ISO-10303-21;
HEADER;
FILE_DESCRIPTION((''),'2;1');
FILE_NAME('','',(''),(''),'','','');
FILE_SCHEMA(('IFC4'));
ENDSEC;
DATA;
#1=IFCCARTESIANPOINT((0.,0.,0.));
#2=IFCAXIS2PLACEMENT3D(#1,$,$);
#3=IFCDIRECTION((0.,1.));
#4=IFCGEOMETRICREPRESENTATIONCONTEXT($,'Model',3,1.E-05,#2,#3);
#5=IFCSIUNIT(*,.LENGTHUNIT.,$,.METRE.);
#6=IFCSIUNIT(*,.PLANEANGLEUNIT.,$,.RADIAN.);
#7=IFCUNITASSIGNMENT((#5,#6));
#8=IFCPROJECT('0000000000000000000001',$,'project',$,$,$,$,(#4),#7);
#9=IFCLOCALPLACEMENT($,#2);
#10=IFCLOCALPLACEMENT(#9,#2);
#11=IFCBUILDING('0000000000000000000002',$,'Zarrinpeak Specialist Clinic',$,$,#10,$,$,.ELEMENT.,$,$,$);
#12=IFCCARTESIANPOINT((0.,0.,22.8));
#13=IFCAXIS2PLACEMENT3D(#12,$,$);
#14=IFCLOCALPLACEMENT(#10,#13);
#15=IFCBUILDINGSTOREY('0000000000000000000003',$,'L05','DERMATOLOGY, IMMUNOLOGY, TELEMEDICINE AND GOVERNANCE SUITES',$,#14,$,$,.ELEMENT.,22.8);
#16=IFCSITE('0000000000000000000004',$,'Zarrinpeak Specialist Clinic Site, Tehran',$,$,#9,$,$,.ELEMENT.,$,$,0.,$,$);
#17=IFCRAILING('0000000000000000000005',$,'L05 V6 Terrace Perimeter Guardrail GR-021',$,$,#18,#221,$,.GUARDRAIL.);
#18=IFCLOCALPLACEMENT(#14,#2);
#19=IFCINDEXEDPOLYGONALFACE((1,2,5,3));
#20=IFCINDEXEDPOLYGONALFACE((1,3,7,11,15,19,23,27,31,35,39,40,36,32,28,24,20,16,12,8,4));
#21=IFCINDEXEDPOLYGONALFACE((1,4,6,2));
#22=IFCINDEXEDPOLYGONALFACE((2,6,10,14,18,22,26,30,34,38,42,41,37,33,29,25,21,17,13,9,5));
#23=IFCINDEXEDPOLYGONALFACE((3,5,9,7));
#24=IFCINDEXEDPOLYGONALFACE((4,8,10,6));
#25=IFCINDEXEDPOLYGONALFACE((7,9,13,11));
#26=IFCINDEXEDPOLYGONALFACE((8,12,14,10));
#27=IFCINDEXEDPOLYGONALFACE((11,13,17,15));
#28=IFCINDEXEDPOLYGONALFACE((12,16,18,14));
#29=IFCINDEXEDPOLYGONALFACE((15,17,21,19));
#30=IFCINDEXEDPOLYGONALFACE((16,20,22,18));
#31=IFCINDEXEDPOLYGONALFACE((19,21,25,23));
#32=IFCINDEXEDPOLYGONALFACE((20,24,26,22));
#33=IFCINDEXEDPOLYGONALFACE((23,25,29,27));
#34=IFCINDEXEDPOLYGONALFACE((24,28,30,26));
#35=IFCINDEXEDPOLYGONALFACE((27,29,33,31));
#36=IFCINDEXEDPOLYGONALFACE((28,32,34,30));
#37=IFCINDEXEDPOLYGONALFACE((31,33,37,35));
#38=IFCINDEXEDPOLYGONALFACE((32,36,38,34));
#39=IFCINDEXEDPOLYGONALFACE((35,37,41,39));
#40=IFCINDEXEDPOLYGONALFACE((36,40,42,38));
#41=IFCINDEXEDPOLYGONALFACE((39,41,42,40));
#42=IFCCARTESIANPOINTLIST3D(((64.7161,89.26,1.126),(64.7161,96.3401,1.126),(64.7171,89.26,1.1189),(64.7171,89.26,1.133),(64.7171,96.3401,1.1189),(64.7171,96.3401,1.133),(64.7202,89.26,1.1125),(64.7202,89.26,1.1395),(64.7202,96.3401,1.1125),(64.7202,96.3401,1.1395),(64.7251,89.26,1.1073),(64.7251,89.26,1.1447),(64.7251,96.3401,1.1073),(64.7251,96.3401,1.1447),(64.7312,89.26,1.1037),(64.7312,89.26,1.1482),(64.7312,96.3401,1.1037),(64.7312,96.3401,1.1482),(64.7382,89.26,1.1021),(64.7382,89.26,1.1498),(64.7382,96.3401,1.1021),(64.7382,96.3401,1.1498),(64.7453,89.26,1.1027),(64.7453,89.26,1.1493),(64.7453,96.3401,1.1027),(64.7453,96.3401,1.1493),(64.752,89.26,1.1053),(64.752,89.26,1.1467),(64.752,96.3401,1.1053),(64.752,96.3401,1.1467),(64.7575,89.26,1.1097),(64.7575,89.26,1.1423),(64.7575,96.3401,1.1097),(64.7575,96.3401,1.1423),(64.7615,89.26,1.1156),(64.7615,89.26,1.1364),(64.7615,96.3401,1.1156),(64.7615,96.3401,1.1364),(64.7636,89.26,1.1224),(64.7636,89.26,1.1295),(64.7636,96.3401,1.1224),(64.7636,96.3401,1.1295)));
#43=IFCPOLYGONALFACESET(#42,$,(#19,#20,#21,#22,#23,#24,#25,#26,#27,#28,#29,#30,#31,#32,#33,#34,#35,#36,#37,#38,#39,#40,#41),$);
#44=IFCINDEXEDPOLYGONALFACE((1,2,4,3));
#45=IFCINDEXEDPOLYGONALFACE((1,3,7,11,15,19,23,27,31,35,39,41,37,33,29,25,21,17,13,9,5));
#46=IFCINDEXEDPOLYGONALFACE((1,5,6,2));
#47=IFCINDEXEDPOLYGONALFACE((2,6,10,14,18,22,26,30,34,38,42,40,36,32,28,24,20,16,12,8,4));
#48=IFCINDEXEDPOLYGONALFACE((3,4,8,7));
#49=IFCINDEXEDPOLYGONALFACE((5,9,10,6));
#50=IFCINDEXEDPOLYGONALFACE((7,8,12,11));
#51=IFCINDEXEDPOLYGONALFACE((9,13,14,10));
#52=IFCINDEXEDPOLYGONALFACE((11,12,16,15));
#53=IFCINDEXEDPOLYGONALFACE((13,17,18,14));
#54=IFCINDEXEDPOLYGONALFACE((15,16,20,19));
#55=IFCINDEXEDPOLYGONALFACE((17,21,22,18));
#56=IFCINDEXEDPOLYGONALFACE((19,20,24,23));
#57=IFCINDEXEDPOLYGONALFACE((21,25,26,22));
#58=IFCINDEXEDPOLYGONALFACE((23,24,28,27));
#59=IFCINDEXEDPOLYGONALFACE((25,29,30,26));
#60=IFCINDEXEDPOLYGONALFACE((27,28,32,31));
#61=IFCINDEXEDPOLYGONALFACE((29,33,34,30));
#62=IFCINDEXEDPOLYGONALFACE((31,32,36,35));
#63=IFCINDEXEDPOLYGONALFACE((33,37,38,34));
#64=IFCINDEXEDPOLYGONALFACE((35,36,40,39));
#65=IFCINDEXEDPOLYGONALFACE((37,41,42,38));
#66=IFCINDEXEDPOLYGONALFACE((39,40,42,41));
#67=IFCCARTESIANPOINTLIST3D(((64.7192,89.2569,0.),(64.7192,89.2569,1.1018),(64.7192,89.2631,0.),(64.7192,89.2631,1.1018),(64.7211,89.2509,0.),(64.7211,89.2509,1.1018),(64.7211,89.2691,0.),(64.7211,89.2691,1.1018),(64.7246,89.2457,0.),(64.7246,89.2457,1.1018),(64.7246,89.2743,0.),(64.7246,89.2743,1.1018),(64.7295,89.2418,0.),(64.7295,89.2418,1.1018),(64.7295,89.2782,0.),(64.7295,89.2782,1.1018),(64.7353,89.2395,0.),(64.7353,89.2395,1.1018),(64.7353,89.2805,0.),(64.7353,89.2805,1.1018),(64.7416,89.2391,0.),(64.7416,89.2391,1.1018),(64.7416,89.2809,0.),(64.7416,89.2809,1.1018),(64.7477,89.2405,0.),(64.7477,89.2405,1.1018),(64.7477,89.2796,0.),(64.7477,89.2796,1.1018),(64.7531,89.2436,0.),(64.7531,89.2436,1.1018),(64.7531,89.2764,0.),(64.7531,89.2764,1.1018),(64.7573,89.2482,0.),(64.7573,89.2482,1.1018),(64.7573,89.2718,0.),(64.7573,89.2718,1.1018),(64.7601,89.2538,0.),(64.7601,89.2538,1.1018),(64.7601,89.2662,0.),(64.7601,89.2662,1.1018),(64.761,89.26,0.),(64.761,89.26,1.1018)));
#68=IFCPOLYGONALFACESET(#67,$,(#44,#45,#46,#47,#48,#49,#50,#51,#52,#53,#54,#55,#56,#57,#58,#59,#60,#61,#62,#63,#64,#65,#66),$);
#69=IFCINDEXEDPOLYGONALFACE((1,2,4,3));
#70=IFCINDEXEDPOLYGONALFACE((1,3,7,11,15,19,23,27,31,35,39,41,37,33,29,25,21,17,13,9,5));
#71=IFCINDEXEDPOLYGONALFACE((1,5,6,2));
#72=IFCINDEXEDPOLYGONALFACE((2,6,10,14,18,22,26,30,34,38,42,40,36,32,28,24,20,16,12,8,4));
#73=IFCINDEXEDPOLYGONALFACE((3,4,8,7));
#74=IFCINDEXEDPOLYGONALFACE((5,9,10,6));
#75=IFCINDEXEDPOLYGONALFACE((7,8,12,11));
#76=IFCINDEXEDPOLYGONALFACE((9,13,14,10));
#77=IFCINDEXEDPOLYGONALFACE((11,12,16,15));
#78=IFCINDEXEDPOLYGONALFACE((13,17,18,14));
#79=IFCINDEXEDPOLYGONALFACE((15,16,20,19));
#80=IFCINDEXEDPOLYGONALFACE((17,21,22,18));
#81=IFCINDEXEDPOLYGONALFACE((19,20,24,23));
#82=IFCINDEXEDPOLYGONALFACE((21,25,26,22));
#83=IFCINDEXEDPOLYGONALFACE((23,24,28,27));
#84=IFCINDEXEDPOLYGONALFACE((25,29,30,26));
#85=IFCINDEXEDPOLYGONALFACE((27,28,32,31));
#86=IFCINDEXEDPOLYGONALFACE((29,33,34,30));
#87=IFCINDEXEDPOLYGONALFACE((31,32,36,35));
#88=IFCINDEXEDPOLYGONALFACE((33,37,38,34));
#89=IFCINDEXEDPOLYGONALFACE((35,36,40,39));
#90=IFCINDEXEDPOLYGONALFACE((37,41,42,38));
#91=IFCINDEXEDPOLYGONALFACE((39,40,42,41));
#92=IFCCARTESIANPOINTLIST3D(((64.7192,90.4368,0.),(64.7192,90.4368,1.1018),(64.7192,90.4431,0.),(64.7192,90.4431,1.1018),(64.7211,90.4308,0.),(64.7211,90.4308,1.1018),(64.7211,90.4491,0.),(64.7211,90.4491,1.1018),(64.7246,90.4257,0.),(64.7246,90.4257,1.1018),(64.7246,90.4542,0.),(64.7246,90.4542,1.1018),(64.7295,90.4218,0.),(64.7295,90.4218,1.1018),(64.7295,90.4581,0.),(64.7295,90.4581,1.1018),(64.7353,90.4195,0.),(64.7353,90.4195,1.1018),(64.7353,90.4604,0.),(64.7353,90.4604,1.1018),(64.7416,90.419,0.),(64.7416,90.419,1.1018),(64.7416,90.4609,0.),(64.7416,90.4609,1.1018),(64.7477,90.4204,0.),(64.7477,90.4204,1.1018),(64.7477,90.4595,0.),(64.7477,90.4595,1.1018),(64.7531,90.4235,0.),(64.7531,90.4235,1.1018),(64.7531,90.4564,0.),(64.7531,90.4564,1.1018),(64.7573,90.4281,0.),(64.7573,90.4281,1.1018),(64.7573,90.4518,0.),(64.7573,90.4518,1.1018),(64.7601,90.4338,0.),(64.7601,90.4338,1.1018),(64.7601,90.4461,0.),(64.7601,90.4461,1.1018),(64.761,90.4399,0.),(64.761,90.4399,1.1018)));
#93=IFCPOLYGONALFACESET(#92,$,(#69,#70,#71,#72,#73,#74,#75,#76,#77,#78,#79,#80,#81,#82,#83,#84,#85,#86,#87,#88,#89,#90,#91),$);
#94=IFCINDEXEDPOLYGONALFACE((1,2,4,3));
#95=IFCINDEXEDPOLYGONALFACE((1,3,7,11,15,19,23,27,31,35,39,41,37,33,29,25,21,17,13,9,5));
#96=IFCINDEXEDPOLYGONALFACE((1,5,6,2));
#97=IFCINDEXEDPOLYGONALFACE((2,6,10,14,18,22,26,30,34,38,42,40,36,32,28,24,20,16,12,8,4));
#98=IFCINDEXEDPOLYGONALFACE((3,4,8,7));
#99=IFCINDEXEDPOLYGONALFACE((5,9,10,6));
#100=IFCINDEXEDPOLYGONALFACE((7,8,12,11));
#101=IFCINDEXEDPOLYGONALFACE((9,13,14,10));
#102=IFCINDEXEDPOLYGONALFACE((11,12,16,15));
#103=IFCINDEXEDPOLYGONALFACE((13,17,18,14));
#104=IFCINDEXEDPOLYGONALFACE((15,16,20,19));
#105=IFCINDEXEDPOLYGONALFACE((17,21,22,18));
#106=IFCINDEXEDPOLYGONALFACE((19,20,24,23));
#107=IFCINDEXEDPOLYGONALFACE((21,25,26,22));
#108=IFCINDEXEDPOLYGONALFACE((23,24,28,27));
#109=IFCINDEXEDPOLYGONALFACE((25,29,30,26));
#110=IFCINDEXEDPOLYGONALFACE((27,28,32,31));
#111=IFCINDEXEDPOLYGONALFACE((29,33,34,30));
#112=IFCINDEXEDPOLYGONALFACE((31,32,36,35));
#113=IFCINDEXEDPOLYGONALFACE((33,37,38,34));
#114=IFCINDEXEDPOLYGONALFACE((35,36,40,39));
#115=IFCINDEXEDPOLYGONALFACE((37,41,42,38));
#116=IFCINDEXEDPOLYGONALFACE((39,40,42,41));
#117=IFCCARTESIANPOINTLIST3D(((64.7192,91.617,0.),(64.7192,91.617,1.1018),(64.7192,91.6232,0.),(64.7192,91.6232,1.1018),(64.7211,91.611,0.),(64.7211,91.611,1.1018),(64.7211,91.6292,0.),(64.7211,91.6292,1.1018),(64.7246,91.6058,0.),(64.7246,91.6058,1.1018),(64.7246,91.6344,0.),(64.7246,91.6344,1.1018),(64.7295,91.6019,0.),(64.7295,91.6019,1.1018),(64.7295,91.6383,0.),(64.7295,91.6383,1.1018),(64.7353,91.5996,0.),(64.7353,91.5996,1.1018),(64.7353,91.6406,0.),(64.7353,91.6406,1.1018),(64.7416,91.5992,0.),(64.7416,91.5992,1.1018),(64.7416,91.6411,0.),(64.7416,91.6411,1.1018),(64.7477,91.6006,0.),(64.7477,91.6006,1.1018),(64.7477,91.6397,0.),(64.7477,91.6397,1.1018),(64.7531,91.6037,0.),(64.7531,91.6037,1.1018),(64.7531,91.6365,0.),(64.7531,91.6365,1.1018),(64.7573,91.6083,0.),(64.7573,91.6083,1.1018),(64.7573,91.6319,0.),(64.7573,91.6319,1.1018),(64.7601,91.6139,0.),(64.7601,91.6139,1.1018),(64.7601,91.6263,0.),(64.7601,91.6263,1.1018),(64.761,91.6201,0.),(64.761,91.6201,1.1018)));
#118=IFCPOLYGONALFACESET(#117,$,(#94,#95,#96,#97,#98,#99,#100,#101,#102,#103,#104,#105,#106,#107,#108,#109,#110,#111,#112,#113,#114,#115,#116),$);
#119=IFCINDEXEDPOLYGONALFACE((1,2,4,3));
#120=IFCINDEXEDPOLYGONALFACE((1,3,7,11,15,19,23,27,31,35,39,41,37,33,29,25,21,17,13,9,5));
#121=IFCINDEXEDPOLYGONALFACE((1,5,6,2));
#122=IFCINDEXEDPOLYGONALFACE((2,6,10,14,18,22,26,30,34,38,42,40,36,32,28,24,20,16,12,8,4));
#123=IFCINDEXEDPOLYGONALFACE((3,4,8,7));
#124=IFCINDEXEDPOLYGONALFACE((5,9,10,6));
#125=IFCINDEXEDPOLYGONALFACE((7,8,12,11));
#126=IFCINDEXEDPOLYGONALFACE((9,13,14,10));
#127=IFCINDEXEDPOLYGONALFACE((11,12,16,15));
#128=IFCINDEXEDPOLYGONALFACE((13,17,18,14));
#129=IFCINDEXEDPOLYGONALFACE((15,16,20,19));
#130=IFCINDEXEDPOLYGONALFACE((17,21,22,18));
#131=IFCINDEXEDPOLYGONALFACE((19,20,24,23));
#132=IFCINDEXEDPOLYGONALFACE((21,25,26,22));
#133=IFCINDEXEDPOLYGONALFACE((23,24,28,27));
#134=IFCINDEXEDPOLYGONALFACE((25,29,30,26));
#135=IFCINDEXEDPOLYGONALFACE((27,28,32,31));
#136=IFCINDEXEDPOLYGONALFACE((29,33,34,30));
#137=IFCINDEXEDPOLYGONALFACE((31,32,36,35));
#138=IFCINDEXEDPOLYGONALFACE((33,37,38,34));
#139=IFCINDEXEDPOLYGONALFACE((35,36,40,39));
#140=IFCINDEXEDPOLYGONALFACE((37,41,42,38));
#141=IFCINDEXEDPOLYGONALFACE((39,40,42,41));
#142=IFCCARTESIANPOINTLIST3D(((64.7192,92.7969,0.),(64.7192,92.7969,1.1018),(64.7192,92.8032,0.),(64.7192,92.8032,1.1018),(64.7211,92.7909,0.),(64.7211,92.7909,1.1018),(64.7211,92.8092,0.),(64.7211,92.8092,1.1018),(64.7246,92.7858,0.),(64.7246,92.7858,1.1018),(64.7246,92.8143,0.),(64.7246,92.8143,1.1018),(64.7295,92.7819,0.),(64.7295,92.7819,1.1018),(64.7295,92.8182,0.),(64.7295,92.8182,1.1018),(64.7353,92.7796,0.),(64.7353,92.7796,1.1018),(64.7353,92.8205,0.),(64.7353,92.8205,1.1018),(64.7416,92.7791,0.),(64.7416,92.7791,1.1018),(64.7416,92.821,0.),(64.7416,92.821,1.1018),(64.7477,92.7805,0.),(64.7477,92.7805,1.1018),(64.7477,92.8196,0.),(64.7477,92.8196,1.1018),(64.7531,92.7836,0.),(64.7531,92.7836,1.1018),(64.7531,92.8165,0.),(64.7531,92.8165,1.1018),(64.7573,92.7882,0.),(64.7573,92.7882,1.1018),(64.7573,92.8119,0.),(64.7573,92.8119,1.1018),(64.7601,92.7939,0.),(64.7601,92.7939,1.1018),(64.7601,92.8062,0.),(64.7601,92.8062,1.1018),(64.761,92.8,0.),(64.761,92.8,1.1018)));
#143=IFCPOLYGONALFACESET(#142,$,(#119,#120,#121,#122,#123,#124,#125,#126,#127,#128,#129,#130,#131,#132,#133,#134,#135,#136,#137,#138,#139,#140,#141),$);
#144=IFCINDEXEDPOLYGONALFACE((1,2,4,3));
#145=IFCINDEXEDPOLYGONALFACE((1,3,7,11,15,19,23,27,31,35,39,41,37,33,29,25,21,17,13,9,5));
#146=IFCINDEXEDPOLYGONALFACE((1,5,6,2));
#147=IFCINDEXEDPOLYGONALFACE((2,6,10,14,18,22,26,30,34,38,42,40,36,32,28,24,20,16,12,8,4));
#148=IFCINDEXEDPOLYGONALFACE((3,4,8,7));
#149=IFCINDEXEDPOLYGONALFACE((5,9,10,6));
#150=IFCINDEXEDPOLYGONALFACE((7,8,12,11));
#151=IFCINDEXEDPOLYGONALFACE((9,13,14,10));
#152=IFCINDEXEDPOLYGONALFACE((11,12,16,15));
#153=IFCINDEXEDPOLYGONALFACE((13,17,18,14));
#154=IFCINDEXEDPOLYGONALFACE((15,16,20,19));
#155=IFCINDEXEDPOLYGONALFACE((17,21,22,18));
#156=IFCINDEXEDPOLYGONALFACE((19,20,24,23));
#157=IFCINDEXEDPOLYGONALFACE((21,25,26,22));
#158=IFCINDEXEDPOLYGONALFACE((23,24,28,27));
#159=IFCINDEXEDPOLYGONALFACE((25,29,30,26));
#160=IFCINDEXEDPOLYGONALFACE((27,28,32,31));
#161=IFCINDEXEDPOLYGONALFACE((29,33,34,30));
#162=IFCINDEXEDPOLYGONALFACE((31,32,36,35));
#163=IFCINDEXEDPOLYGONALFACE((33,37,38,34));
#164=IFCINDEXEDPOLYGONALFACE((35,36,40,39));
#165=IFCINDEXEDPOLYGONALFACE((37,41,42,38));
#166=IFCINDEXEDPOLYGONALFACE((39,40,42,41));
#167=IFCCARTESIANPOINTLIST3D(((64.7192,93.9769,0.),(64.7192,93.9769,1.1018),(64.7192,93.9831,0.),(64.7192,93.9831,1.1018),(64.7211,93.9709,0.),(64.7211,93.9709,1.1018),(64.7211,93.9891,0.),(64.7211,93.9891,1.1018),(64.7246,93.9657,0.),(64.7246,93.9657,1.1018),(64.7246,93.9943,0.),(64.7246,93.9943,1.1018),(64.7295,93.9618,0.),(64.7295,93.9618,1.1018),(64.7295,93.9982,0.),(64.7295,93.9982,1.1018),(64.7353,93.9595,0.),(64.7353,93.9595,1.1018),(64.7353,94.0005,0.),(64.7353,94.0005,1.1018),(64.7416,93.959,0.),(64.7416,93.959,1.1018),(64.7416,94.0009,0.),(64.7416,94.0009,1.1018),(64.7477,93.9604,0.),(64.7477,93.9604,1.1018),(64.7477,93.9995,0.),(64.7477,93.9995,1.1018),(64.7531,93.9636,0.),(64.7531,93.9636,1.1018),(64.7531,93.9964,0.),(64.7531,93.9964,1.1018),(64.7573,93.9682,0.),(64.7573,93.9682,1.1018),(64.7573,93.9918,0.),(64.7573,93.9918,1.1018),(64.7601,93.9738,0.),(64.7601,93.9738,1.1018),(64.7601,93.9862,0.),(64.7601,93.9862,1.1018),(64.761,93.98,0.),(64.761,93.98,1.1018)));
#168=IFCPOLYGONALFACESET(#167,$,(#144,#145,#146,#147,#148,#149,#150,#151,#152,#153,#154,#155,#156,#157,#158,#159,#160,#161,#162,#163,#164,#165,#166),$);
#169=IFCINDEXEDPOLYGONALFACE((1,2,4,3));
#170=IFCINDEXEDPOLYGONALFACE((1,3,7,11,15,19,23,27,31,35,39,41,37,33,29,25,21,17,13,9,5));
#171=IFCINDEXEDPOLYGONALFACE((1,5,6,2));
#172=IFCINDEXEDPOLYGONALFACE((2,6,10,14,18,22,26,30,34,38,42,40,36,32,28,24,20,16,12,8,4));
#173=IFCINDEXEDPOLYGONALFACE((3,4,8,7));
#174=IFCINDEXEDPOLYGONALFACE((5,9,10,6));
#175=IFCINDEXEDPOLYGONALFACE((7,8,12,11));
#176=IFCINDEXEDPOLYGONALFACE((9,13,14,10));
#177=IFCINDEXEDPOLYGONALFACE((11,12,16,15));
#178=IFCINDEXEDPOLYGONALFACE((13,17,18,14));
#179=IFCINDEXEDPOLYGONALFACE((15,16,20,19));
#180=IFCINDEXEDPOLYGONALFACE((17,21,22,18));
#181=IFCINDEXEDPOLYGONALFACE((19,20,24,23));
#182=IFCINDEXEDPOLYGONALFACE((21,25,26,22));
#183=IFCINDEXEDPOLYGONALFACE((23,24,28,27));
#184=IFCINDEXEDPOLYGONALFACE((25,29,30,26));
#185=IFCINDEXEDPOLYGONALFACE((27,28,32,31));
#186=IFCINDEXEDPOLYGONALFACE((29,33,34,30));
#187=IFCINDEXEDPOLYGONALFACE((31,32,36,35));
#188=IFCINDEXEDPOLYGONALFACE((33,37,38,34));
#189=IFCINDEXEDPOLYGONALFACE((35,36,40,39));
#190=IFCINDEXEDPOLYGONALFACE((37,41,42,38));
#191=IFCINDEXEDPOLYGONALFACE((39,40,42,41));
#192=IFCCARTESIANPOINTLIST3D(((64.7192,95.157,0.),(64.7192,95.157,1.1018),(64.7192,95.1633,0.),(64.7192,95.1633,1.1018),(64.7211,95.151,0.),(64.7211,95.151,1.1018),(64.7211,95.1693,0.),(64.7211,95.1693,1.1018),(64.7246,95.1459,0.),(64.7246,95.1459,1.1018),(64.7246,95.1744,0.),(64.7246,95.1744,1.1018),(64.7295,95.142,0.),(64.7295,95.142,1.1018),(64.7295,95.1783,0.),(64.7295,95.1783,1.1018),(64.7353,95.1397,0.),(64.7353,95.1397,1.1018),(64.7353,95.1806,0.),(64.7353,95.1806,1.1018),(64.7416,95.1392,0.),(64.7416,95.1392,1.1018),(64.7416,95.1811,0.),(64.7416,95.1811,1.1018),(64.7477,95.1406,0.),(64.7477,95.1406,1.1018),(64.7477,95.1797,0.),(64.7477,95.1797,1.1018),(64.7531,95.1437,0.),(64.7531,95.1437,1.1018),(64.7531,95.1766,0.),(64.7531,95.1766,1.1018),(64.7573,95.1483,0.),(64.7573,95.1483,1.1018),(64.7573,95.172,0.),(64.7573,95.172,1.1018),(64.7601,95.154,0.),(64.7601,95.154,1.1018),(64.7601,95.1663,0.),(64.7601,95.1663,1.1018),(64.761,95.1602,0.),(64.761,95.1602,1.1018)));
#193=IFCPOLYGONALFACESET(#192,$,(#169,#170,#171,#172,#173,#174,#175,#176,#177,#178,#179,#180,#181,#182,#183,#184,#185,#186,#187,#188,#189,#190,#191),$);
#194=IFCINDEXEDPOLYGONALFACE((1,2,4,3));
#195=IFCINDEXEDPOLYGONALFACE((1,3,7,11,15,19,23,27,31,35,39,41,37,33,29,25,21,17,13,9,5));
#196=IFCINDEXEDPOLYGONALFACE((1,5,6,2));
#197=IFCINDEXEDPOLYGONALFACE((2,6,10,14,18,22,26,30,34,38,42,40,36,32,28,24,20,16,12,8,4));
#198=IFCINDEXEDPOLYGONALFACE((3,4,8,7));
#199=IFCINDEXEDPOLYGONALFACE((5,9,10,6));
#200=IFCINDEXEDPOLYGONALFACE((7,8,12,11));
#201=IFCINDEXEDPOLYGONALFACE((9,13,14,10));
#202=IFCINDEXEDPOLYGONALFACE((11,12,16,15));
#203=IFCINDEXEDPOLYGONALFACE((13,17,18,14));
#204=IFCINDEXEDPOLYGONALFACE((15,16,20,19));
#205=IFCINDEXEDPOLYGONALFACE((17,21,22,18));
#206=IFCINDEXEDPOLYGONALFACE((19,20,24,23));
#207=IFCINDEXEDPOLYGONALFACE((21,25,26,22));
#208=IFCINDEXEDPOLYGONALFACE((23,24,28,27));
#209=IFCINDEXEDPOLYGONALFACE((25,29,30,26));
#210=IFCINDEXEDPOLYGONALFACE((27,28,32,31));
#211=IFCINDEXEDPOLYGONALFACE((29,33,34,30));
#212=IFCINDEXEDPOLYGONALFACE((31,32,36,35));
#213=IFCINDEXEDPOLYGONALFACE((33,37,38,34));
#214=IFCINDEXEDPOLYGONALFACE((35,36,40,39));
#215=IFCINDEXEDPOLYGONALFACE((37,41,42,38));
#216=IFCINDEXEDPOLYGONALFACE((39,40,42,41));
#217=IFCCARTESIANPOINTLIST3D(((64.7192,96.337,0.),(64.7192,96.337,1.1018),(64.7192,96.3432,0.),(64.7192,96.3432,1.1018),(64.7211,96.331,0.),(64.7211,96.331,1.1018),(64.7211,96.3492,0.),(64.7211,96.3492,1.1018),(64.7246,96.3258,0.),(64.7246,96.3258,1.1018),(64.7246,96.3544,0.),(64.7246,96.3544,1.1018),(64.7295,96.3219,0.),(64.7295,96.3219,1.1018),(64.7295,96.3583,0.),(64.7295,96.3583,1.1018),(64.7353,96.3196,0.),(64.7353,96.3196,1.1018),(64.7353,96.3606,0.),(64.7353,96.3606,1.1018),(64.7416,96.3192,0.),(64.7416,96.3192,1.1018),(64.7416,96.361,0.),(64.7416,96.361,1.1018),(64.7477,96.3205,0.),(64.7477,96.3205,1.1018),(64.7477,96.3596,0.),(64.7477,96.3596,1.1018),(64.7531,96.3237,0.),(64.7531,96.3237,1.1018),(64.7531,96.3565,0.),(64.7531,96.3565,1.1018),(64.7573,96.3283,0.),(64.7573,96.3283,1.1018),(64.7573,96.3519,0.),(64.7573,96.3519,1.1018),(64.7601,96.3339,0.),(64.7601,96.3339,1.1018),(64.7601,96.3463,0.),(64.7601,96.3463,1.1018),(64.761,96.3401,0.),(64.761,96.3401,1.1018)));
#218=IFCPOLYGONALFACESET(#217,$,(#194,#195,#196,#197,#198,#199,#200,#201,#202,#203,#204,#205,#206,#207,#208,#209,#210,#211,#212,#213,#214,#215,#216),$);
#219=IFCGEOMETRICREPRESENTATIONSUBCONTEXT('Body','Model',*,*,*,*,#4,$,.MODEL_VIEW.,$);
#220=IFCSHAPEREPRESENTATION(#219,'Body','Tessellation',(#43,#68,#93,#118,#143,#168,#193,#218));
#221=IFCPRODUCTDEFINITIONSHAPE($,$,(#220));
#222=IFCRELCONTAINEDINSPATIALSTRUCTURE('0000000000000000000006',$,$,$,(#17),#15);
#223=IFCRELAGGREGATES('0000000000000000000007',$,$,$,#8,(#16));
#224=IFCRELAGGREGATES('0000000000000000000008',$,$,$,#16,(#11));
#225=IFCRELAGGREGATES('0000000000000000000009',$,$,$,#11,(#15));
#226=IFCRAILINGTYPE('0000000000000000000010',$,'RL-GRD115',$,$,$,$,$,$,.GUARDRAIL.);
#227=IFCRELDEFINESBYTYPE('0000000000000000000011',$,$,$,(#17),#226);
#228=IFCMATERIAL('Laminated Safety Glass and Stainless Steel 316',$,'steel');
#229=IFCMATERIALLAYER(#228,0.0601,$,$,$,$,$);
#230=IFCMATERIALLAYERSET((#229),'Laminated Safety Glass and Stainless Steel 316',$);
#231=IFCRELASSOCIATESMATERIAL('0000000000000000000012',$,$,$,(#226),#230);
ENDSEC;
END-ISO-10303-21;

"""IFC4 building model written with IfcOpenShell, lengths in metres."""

from ifc_helpers import new_model, si_unit, direction, frame, origin, origin_2d, place, context, subcontext, project, spatial, circle, extrude, material, layer, layer_set, type_object, element, save


model = new_model("IFC4")

# Units and contexts
model_context = context("Model", 3, precision=1e-05, world=origin(), true_north=direction((0.0, 1.0)))
body_context = subcontext(model_context, "Body", "Model", "MODEL_VIEW")
ifc_project = project(units=[si_unit("LENGTHUNIT", "METRE"), si_unit("PLANEANGLEUNIT", "RADIAN")], contexts=[model_context])

# Site, building, storey
site_placement = place(None, origin())
site = spatial("IfcSite", under=ifc_project, at=site_placement, Name="Zarrinpeak Specialist Clinic Site, Tehran", CompositionType="ELEMENT", RefElevation=0.0)
building_placement = place(site_placement, origin())
building = spatial("IfcBuilding", under=site, at=building_placement, Name="Zarrinpeak Specialist Clinic", CompositionType="ELEMENT")
storey_placement = place(building_placement, frame((0.0, 0.0, 22.8)))
storey = spatial("IfcBuildingStorey", under=building, at=storey_placement, Name="L05", Description="DERMATOLOGY, IMMUNOLOGY, TELEMEDICINE AND GOVERNANCE SUITES", CompositionType="ELEMENT", Elevation=22.8)

# Railing
ifc_material_1 = material(Name="Laminated Safety Glass and Stainless Steel 316", Category="steel")
ifc_layer_1 = layer(ifc_material_1, 0.0601)
ifc_layer_set_1 = layer_set([ifc_layer_1], Name="Laminated Safety Glass and Stainless Steel 316")
railing_type = type_object("IfcRailingType", Name="RL-GRD115", PredefinedType="GUARDRAIL", material=ifc_layer_set_1)
railing_placement = place(storey_placement, frame((64.74, 89.26, 0.0)))
element("IfcRailing", 1, at=railing_placement, inside=storey, type_object=railing_type, Name="L05 V6 Terrace Perimeter Guardrail GR-021", PredefinedType="GUARDRAIL", context=body_context, shape_type="SweptSolid", body=[
    extrude(circle(Radius=0.0239, at=origin_2d()), frame((0.0, 0.0, 1.126), z_axis=(0.0, 1.0, 0.0), x_axis=(-1.0, 0.0, 0.0)), (0.0, 0.0, 1.0), 7.0801),
    extrude(circle(Radius=0.021, at=origin_2d()), origin(), (0.0, 0.0, 1.0), 1.1018),
    extrude(circle(Radius=0.021, at=origin_2d()), frame((0.0, 1.1799, 0.0)), (0.0, 0.0, 1.0), 1.1018),
    extrude(circle(Radius=0.021, at=origin_2d()), frame((0.0, 2.3601, 0.0)), (0.0, 0.0, 1.0), 1.1018),
    extrude(circle(Radius=0.021, at=origin_2d()), frame((0.0, 3.54, 0.0)), (0.0, 0.0, 1.0), 1.1018),
    extrude(circle(Radius=0.021, at=origin_2d()), frame((0.0, 4.72, 0.0)), (0.0, 0.0, 1.0), 1.1018),
    extrude(circle(Radius=0.021, at=origin_2d()), frame((0.0, 5.9001, 0.0)), (0.0, 0.0, 1.0), 1.1018),
    extrude(circle(Radius=0.021, at=origin_2d()), frame((0.0, 7.0801, 0.0)), (0.0, 0.0, 1.0), 1.1018),
])

save(model, "model.ifc")
